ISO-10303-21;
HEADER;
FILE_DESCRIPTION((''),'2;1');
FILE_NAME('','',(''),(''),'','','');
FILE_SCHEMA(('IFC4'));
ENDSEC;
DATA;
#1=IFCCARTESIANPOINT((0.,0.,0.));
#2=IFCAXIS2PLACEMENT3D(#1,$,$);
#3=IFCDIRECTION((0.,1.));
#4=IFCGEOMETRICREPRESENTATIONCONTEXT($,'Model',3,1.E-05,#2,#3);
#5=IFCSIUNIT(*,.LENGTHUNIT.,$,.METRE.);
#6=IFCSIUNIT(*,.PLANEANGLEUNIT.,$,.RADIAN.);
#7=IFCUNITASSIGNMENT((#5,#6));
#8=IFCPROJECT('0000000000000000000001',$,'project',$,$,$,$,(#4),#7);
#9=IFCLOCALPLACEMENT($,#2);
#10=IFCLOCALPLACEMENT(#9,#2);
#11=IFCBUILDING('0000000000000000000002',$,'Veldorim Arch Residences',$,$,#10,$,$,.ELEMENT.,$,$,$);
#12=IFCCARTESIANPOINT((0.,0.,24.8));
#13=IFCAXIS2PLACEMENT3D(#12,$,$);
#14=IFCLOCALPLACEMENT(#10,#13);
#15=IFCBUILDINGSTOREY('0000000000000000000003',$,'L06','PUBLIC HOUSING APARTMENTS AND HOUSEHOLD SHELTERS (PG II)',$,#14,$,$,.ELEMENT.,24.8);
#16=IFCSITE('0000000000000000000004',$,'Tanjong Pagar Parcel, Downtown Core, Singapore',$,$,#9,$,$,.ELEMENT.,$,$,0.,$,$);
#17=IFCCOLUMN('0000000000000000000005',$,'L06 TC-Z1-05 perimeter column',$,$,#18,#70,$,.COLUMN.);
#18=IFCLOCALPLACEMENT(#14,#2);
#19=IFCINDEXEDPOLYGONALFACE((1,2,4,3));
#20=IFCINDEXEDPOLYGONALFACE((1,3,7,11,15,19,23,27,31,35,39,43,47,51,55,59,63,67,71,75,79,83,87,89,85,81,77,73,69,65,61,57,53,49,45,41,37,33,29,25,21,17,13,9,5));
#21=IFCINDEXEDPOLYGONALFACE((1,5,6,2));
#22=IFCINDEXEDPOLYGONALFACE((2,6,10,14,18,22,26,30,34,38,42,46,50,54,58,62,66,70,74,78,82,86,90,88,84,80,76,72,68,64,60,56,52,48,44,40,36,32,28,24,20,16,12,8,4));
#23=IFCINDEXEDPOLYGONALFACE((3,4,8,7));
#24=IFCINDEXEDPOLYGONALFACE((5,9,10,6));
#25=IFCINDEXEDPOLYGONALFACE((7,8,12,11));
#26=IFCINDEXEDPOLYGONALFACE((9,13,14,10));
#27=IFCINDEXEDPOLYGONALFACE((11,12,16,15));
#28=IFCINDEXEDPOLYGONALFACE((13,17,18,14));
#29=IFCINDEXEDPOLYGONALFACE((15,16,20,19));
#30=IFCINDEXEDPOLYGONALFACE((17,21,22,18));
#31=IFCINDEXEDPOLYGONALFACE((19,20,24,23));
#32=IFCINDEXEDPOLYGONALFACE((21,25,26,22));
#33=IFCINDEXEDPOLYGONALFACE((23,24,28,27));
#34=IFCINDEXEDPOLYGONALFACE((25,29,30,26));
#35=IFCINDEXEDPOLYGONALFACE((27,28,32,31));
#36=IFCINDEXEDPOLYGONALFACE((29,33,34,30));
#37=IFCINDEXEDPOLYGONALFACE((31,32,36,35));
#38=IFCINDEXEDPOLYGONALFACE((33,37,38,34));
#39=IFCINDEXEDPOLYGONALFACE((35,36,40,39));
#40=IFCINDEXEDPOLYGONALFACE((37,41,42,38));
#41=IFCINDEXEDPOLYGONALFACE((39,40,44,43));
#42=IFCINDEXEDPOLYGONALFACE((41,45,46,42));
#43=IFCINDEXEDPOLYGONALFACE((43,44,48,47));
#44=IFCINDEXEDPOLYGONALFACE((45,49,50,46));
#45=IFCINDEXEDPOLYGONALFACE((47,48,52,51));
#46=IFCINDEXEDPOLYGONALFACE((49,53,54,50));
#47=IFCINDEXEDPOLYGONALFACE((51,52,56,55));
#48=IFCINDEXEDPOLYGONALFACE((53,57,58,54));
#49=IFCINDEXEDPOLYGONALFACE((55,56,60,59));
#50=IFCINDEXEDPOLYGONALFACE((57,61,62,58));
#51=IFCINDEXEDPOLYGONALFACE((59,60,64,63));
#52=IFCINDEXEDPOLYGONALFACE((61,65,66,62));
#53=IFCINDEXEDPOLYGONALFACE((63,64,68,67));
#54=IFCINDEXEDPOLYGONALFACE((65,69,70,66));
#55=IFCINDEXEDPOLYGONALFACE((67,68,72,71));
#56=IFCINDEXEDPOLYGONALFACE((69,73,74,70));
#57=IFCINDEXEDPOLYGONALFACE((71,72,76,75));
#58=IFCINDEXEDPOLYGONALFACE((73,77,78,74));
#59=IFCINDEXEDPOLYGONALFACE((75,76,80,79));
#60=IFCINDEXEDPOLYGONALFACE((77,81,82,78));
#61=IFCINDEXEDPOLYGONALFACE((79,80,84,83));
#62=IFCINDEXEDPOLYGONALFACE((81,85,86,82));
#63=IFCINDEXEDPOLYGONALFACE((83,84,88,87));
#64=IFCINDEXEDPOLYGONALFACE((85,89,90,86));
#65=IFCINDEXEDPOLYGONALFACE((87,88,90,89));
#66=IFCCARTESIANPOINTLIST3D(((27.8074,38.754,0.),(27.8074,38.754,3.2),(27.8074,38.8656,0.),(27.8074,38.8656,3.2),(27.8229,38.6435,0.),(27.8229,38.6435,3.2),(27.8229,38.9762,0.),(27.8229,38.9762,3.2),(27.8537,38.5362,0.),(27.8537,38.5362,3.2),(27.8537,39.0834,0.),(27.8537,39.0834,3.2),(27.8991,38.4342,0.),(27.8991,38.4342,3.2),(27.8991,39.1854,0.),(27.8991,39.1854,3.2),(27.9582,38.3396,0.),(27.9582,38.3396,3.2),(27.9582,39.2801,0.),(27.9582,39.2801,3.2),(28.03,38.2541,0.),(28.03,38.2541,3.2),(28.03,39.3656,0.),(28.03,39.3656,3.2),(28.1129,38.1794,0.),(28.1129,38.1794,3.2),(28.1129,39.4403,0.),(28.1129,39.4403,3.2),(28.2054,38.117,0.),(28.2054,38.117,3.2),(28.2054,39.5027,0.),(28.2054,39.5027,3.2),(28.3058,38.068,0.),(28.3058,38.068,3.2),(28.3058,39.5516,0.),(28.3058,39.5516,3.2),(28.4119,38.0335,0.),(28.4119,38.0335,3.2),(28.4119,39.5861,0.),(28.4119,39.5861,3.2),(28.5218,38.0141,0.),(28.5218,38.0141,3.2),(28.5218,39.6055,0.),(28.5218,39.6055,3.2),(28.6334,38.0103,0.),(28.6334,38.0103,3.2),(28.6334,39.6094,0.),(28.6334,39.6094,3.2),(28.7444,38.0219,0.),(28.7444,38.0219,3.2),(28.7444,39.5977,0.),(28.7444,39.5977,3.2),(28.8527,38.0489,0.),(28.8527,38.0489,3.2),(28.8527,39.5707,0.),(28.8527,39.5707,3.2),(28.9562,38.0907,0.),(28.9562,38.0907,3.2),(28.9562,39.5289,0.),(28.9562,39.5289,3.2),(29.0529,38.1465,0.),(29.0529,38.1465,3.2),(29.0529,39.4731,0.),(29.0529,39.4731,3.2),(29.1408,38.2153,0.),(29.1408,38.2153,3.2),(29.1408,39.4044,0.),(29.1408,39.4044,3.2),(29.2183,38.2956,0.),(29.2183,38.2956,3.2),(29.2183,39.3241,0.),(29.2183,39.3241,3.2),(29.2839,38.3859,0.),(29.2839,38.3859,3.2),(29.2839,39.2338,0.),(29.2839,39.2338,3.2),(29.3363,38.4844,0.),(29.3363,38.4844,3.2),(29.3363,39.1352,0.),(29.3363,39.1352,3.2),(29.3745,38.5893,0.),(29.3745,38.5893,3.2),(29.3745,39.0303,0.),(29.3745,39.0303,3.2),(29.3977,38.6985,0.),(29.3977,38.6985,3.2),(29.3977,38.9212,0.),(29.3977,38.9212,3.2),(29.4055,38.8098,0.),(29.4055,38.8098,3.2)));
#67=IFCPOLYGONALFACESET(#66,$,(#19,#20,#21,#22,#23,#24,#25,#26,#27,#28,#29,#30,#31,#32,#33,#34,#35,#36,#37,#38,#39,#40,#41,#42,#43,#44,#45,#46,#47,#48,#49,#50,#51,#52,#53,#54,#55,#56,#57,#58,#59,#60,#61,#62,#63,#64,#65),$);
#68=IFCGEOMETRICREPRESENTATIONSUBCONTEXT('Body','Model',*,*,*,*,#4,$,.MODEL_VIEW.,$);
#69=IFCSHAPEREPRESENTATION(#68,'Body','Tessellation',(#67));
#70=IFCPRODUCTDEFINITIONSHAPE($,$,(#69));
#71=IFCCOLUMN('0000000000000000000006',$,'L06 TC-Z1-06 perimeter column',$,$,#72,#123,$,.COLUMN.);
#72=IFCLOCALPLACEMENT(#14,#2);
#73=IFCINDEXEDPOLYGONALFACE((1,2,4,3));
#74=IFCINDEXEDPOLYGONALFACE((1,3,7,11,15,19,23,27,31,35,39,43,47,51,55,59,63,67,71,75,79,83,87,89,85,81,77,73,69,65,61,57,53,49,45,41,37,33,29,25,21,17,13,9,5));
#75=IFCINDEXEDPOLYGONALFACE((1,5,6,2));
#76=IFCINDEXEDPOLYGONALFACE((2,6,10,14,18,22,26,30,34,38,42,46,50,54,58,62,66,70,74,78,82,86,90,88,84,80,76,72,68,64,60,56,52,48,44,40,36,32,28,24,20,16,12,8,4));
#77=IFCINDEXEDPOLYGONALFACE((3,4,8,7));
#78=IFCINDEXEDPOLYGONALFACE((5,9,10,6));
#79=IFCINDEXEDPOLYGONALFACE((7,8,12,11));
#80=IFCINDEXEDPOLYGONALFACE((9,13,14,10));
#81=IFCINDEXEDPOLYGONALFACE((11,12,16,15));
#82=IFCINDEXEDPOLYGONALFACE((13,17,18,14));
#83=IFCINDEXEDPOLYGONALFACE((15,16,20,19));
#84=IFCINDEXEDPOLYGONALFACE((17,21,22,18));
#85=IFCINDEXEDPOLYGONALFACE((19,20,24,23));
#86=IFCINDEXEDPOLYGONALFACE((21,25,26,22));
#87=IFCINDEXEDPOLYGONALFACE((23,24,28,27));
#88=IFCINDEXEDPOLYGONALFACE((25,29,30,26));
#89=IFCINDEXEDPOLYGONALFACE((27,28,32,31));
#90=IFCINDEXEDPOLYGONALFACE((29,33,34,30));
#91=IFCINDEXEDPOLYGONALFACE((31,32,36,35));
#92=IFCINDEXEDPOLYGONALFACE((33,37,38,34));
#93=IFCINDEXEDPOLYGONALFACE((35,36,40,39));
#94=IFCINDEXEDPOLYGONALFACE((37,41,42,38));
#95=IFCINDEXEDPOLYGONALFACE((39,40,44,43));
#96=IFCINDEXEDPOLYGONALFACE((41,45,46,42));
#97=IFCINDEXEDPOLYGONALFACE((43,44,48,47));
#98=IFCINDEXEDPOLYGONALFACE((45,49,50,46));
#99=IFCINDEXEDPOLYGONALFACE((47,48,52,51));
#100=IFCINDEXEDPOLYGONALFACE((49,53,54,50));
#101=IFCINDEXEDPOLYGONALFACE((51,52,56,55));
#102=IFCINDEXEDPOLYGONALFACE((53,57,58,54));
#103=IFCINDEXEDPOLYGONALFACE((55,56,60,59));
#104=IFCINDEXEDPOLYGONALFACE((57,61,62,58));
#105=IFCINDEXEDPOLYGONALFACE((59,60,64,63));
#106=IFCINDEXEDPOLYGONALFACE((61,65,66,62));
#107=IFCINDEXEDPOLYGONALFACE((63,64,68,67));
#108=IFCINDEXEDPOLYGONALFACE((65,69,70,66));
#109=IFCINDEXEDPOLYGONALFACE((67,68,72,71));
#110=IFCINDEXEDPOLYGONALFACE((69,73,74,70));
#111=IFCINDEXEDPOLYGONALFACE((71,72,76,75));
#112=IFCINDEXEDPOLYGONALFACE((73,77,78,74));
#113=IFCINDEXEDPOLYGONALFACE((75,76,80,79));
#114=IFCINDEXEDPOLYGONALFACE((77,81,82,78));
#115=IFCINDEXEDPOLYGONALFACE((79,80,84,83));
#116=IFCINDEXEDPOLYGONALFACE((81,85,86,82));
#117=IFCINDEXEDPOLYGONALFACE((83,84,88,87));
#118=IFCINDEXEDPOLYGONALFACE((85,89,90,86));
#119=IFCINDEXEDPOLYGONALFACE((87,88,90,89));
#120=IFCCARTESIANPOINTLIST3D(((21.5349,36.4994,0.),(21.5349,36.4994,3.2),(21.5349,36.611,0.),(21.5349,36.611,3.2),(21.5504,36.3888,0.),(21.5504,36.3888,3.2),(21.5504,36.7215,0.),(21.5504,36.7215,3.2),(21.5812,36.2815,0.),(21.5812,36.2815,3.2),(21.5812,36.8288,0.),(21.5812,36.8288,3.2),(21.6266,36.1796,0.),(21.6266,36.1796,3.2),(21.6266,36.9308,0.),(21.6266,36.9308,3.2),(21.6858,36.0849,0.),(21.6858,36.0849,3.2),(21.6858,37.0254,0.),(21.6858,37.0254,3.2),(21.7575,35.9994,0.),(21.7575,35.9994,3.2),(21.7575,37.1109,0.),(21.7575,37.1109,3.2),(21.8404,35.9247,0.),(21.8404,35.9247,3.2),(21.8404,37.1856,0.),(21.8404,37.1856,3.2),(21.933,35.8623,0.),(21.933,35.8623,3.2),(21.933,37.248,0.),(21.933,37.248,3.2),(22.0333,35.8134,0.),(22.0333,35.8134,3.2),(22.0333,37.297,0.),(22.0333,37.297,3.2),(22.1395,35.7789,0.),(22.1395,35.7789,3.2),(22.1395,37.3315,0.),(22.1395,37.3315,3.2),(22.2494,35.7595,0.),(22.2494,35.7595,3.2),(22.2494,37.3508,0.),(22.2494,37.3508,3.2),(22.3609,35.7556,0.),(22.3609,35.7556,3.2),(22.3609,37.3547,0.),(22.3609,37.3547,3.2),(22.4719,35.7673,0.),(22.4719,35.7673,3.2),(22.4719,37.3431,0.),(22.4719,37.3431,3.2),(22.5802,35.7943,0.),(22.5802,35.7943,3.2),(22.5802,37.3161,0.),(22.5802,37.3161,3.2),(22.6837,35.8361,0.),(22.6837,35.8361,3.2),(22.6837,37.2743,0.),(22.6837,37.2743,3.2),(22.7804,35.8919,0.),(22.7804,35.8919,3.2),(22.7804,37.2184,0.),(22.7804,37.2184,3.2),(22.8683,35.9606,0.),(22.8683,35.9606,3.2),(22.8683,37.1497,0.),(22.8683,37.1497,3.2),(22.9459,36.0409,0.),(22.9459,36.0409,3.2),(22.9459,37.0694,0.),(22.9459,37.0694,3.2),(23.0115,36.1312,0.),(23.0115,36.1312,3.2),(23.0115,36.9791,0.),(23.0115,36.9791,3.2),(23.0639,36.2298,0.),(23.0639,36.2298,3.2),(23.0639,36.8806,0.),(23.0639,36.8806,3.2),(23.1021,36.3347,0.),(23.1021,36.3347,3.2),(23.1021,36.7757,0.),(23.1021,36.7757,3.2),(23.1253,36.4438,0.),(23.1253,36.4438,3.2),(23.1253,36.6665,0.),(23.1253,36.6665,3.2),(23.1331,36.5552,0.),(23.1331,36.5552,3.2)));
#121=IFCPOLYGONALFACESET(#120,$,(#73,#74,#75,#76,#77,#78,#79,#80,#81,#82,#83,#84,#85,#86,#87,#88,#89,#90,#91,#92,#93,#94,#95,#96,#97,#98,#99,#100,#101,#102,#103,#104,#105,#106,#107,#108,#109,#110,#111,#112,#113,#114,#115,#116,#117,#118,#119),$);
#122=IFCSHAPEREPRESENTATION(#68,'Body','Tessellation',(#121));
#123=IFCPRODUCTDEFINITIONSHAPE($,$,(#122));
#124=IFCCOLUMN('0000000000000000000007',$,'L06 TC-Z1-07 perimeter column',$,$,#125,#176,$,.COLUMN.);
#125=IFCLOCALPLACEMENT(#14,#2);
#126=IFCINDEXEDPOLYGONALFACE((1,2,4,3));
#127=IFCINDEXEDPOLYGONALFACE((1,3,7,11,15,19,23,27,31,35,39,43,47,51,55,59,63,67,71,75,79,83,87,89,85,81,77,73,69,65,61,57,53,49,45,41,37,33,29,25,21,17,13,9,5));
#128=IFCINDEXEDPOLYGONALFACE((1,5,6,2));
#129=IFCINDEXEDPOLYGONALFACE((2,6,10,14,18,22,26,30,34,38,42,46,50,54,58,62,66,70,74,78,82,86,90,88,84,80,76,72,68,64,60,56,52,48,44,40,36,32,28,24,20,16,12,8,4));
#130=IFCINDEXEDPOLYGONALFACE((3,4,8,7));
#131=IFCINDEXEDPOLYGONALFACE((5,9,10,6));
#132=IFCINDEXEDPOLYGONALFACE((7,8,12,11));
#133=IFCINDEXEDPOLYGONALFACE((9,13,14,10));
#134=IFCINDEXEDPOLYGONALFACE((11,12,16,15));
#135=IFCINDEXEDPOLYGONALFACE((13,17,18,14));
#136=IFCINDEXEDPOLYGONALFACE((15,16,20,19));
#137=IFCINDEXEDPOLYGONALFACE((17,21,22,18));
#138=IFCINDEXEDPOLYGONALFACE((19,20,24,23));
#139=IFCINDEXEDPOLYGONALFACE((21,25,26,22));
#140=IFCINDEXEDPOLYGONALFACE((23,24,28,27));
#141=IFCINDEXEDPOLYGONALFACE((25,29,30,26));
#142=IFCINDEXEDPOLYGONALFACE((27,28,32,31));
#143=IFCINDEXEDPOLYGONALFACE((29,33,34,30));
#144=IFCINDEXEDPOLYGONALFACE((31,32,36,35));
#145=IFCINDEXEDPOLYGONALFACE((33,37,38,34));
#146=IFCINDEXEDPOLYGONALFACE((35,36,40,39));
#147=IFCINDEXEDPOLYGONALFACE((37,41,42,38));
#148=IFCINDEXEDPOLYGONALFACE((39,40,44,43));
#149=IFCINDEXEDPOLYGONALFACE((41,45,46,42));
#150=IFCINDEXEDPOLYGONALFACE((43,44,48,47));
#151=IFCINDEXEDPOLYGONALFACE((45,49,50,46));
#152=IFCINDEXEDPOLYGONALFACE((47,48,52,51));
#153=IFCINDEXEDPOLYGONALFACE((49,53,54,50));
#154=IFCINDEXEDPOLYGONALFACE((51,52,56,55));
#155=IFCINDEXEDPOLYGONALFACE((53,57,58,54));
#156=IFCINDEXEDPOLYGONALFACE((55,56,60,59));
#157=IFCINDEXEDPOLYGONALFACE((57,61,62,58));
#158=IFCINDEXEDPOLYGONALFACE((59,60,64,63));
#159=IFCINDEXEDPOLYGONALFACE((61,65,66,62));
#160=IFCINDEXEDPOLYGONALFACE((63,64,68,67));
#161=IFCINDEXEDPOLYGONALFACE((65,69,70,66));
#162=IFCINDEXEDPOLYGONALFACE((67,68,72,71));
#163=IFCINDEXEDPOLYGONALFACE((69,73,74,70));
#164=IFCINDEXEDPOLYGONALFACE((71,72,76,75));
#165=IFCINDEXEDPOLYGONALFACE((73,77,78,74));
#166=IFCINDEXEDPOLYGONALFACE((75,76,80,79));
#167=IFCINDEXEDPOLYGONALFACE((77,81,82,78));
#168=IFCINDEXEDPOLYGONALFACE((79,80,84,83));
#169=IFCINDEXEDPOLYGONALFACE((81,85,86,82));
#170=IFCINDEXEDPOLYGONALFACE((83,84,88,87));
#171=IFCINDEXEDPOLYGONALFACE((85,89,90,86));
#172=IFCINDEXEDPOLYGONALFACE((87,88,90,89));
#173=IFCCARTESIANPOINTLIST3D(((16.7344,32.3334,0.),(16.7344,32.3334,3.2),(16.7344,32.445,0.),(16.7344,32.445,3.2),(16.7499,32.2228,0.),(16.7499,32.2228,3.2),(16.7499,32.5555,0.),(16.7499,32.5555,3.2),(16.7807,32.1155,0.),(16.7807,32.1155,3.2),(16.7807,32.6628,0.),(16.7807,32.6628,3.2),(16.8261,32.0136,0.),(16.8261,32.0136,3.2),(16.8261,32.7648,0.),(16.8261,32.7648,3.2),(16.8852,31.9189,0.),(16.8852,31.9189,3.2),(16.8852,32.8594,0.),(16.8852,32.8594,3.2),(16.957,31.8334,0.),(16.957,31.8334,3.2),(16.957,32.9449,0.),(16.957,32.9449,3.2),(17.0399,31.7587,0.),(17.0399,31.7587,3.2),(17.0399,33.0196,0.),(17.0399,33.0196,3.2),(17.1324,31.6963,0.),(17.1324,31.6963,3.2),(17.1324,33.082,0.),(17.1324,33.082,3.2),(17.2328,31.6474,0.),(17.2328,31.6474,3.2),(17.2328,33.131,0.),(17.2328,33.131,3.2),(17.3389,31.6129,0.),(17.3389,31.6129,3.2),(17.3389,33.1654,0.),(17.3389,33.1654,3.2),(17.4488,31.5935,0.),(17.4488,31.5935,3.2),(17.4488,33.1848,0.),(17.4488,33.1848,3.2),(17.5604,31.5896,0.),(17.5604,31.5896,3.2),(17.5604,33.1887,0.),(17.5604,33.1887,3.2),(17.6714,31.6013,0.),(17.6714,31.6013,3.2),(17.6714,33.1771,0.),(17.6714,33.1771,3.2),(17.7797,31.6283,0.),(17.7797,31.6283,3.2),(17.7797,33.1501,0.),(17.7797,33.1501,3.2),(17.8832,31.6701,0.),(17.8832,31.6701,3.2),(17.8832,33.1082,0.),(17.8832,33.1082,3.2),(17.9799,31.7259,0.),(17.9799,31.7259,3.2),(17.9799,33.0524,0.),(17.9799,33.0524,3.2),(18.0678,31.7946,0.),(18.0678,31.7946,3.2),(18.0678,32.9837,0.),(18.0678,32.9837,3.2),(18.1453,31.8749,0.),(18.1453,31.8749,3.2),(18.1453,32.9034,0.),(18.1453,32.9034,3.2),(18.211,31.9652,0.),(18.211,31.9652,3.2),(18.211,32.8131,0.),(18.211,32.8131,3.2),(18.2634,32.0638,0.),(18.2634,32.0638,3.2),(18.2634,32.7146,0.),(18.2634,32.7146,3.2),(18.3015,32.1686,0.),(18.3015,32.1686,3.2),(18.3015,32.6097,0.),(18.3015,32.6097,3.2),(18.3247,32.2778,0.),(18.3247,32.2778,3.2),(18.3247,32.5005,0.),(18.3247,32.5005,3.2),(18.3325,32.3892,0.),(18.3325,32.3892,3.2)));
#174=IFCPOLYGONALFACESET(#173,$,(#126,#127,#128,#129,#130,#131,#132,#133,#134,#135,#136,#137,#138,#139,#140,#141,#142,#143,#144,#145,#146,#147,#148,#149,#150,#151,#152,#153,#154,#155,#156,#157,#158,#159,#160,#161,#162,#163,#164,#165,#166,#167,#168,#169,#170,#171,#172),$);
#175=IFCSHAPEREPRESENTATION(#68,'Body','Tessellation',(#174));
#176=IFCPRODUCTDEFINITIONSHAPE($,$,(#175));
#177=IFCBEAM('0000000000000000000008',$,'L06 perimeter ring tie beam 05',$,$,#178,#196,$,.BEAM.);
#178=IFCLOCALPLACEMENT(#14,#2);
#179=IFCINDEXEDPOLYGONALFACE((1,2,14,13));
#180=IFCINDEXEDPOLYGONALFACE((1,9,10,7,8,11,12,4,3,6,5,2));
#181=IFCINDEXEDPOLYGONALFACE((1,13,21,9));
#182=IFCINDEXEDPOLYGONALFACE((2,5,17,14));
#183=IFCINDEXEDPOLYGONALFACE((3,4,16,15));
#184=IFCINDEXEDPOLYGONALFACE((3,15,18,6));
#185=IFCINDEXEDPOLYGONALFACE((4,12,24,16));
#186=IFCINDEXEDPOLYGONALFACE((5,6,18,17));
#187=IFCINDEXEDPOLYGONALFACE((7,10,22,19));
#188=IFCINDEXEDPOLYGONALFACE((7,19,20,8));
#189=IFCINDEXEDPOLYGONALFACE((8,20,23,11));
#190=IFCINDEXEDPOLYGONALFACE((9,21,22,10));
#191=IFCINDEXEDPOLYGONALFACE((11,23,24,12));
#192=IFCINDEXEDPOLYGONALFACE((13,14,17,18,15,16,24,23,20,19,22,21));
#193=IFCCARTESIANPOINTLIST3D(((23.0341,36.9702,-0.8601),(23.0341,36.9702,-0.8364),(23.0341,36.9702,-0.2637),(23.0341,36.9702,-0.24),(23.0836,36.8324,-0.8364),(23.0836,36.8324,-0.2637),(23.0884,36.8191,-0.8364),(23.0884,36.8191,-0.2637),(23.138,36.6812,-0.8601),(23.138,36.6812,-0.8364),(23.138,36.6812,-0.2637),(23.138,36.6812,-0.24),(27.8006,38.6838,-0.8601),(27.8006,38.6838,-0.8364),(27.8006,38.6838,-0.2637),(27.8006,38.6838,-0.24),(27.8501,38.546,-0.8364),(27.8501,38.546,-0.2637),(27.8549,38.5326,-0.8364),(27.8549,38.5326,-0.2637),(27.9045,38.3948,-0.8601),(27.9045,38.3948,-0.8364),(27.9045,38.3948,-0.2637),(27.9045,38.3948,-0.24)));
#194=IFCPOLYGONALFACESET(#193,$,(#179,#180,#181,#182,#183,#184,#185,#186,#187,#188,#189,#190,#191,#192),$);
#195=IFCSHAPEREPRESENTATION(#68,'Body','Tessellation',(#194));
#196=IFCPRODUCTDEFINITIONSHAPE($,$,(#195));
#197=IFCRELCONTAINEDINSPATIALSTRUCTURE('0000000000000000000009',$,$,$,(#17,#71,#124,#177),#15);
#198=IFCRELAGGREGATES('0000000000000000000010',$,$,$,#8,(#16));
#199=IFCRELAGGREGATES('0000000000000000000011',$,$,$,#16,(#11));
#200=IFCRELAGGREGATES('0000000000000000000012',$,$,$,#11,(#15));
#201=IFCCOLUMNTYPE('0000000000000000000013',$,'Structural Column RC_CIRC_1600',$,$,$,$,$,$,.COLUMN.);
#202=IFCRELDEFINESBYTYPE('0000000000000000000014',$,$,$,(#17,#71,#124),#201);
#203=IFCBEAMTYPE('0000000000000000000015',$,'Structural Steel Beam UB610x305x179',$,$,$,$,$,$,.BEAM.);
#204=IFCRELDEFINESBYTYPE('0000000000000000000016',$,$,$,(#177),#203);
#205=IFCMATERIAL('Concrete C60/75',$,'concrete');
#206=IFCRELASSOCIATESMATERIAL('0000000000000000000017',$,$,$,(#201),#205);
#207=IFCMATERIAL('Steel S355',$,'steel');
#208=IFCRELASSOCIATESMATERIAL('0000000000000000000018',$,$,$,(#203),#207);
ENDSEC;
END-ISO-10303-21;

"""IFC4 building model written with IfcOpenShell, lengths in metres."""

from ifc_helpers import new_model, si_unit, direction, frame, origin, origin_2d, place, context, subcontext, project, spatial, circle, i_section, extrude, material, material_profile, profile_set, type_object, element, save


model = new_model("IFC4")

# Units and contexts
model_context = context("Model", 3, precision=1e-05, world=origin(), true_north=direction((0.0, 1.0)))
body_context = subcontext(model_context, "Body", "Model", "MODEL_VIEW")
ifc_project = project(units=[si_unit("LENGTHUNIT", "METRE"), si_unit("PLANEANGLEUNIT", "RADIAN")], contexts=[model_context])

# Site, building, storey
site_placement = place(None, origin())
site = spatial("IfcSite", under=ifc_project, at=site_placement, Name="Tanjong Pagar Parcel, Downtown Core, Singapore", CompositionType="ELEMENT", RefElevation=0.0)
building_placement = place(site_placement, origin())
building = spatial("IfcBuilding", under=site, at=building_placement, Name="Veldorim Arch Residences", CompositionType="ELEMENT")
storey_placement = place(building_placement, frame((0.0, 0.0, 24.8)))
storey = spatial("IfcBuildingStorey", under=building, at=storey_placement, Name="L06", Description="PUBLIC HOUSING APARTMENTS AND HOUSEHOLD SHELTERS (PG II)", CompositionType="ELEMENT", Elevation=24.8)

# Columns
ifc_material_1 = material(Name="Concrete C60/75", Category="concrete")
ifc_material_profile_1 = material_profile(ifc_material_1, circle(Radius=0.8, at=origin_2d()), Name="RC_CIRC_1600")
ifc_profile_set_1 = profile_set([ifc_material_profile_1], Name="Concrete C60/75")
column_type = type_object("IfcColumnType", Name="Structural Column RC_CIRC_1600", PredefinedType="COLUMN", material=ifc_profile_set_1)
for number, where, z_axis, x_axis, name in (
    (1, (28.6055, 38.8098, 0.0), (0.0, 0.0, 1.0), (1.0, 0.0, 0.0), "L06 TC-Z1-05 perimeter column"),
    (2, (22.333, 36.5552, 0.0), (0.0, 0.0, 1.0), (1.0, 0.0, 0.0), "L06 TC-Z1-06 perimeter column"),
    (3, (17.5325, 32.3892, 0.0), (0.0, 0.0, 1.0), (1.0, 0.0, 0.0), "L06 TC-Z1-07 perimeter column"),
):
    element("IfcColumn", number, at=place(storey_placement, frame(where, z_axis=z_axis, x_axis=x_axis)), inside=storey, type_object=column_type, Name=name, PredefinedType="COLUMN", context=body_context, shape_type="SweptSolid", body=[
        extrude(circle(Radius=0.8, at=origin_2d()), origin(), (0.0, 0.0, 1.0), 3.2),
    ])

# Beam
ifc_material_2 = material(Name="Steel S355", Category="steel")
ifc_material_profile_2 = material_profile(ifc_material_2, i_section(OverallWidth=0.3071, OverallDepth=0.6201, WebThickness=0.0142, FlangeThickness=0.0237, at=origin_2d()), Name="UB610x305x179")
ifc_profile_set_2 = profile_set([ifc_material_profile_2], Name="Steel S355")
beam_type = type_object("IfcBeamType", Name="Structural Steel Beam UB610x305x179", PredefinedType="BEAM", material=ifc_profile_set_2)
beam_1_placement = place(storey_placement, frame((27.8525, 38.5393, -0.55), z_axis=(-0.941035, -0.338308, 0.0), x_axis=(0.338308, -0.941035, 0.0)))
element("IfcBeam", 4, at=beam_1_placement, inside=storey, type_object=beam_type, Name="L06 perimeter ring tie beam 05", PredefinedType="BEAM", context=body_context, shape_type="SweptSolid", body=[
    extrude(i_section(OverallWidth=0.3071, OverallDepth=0.6201, WebThickness=0.0142, FlangeThickness=0.0237, at=origin_2d()), origin(), (0.0, 0.0, 1.0), 5.0652),
])

save(model, "model.ifc")
